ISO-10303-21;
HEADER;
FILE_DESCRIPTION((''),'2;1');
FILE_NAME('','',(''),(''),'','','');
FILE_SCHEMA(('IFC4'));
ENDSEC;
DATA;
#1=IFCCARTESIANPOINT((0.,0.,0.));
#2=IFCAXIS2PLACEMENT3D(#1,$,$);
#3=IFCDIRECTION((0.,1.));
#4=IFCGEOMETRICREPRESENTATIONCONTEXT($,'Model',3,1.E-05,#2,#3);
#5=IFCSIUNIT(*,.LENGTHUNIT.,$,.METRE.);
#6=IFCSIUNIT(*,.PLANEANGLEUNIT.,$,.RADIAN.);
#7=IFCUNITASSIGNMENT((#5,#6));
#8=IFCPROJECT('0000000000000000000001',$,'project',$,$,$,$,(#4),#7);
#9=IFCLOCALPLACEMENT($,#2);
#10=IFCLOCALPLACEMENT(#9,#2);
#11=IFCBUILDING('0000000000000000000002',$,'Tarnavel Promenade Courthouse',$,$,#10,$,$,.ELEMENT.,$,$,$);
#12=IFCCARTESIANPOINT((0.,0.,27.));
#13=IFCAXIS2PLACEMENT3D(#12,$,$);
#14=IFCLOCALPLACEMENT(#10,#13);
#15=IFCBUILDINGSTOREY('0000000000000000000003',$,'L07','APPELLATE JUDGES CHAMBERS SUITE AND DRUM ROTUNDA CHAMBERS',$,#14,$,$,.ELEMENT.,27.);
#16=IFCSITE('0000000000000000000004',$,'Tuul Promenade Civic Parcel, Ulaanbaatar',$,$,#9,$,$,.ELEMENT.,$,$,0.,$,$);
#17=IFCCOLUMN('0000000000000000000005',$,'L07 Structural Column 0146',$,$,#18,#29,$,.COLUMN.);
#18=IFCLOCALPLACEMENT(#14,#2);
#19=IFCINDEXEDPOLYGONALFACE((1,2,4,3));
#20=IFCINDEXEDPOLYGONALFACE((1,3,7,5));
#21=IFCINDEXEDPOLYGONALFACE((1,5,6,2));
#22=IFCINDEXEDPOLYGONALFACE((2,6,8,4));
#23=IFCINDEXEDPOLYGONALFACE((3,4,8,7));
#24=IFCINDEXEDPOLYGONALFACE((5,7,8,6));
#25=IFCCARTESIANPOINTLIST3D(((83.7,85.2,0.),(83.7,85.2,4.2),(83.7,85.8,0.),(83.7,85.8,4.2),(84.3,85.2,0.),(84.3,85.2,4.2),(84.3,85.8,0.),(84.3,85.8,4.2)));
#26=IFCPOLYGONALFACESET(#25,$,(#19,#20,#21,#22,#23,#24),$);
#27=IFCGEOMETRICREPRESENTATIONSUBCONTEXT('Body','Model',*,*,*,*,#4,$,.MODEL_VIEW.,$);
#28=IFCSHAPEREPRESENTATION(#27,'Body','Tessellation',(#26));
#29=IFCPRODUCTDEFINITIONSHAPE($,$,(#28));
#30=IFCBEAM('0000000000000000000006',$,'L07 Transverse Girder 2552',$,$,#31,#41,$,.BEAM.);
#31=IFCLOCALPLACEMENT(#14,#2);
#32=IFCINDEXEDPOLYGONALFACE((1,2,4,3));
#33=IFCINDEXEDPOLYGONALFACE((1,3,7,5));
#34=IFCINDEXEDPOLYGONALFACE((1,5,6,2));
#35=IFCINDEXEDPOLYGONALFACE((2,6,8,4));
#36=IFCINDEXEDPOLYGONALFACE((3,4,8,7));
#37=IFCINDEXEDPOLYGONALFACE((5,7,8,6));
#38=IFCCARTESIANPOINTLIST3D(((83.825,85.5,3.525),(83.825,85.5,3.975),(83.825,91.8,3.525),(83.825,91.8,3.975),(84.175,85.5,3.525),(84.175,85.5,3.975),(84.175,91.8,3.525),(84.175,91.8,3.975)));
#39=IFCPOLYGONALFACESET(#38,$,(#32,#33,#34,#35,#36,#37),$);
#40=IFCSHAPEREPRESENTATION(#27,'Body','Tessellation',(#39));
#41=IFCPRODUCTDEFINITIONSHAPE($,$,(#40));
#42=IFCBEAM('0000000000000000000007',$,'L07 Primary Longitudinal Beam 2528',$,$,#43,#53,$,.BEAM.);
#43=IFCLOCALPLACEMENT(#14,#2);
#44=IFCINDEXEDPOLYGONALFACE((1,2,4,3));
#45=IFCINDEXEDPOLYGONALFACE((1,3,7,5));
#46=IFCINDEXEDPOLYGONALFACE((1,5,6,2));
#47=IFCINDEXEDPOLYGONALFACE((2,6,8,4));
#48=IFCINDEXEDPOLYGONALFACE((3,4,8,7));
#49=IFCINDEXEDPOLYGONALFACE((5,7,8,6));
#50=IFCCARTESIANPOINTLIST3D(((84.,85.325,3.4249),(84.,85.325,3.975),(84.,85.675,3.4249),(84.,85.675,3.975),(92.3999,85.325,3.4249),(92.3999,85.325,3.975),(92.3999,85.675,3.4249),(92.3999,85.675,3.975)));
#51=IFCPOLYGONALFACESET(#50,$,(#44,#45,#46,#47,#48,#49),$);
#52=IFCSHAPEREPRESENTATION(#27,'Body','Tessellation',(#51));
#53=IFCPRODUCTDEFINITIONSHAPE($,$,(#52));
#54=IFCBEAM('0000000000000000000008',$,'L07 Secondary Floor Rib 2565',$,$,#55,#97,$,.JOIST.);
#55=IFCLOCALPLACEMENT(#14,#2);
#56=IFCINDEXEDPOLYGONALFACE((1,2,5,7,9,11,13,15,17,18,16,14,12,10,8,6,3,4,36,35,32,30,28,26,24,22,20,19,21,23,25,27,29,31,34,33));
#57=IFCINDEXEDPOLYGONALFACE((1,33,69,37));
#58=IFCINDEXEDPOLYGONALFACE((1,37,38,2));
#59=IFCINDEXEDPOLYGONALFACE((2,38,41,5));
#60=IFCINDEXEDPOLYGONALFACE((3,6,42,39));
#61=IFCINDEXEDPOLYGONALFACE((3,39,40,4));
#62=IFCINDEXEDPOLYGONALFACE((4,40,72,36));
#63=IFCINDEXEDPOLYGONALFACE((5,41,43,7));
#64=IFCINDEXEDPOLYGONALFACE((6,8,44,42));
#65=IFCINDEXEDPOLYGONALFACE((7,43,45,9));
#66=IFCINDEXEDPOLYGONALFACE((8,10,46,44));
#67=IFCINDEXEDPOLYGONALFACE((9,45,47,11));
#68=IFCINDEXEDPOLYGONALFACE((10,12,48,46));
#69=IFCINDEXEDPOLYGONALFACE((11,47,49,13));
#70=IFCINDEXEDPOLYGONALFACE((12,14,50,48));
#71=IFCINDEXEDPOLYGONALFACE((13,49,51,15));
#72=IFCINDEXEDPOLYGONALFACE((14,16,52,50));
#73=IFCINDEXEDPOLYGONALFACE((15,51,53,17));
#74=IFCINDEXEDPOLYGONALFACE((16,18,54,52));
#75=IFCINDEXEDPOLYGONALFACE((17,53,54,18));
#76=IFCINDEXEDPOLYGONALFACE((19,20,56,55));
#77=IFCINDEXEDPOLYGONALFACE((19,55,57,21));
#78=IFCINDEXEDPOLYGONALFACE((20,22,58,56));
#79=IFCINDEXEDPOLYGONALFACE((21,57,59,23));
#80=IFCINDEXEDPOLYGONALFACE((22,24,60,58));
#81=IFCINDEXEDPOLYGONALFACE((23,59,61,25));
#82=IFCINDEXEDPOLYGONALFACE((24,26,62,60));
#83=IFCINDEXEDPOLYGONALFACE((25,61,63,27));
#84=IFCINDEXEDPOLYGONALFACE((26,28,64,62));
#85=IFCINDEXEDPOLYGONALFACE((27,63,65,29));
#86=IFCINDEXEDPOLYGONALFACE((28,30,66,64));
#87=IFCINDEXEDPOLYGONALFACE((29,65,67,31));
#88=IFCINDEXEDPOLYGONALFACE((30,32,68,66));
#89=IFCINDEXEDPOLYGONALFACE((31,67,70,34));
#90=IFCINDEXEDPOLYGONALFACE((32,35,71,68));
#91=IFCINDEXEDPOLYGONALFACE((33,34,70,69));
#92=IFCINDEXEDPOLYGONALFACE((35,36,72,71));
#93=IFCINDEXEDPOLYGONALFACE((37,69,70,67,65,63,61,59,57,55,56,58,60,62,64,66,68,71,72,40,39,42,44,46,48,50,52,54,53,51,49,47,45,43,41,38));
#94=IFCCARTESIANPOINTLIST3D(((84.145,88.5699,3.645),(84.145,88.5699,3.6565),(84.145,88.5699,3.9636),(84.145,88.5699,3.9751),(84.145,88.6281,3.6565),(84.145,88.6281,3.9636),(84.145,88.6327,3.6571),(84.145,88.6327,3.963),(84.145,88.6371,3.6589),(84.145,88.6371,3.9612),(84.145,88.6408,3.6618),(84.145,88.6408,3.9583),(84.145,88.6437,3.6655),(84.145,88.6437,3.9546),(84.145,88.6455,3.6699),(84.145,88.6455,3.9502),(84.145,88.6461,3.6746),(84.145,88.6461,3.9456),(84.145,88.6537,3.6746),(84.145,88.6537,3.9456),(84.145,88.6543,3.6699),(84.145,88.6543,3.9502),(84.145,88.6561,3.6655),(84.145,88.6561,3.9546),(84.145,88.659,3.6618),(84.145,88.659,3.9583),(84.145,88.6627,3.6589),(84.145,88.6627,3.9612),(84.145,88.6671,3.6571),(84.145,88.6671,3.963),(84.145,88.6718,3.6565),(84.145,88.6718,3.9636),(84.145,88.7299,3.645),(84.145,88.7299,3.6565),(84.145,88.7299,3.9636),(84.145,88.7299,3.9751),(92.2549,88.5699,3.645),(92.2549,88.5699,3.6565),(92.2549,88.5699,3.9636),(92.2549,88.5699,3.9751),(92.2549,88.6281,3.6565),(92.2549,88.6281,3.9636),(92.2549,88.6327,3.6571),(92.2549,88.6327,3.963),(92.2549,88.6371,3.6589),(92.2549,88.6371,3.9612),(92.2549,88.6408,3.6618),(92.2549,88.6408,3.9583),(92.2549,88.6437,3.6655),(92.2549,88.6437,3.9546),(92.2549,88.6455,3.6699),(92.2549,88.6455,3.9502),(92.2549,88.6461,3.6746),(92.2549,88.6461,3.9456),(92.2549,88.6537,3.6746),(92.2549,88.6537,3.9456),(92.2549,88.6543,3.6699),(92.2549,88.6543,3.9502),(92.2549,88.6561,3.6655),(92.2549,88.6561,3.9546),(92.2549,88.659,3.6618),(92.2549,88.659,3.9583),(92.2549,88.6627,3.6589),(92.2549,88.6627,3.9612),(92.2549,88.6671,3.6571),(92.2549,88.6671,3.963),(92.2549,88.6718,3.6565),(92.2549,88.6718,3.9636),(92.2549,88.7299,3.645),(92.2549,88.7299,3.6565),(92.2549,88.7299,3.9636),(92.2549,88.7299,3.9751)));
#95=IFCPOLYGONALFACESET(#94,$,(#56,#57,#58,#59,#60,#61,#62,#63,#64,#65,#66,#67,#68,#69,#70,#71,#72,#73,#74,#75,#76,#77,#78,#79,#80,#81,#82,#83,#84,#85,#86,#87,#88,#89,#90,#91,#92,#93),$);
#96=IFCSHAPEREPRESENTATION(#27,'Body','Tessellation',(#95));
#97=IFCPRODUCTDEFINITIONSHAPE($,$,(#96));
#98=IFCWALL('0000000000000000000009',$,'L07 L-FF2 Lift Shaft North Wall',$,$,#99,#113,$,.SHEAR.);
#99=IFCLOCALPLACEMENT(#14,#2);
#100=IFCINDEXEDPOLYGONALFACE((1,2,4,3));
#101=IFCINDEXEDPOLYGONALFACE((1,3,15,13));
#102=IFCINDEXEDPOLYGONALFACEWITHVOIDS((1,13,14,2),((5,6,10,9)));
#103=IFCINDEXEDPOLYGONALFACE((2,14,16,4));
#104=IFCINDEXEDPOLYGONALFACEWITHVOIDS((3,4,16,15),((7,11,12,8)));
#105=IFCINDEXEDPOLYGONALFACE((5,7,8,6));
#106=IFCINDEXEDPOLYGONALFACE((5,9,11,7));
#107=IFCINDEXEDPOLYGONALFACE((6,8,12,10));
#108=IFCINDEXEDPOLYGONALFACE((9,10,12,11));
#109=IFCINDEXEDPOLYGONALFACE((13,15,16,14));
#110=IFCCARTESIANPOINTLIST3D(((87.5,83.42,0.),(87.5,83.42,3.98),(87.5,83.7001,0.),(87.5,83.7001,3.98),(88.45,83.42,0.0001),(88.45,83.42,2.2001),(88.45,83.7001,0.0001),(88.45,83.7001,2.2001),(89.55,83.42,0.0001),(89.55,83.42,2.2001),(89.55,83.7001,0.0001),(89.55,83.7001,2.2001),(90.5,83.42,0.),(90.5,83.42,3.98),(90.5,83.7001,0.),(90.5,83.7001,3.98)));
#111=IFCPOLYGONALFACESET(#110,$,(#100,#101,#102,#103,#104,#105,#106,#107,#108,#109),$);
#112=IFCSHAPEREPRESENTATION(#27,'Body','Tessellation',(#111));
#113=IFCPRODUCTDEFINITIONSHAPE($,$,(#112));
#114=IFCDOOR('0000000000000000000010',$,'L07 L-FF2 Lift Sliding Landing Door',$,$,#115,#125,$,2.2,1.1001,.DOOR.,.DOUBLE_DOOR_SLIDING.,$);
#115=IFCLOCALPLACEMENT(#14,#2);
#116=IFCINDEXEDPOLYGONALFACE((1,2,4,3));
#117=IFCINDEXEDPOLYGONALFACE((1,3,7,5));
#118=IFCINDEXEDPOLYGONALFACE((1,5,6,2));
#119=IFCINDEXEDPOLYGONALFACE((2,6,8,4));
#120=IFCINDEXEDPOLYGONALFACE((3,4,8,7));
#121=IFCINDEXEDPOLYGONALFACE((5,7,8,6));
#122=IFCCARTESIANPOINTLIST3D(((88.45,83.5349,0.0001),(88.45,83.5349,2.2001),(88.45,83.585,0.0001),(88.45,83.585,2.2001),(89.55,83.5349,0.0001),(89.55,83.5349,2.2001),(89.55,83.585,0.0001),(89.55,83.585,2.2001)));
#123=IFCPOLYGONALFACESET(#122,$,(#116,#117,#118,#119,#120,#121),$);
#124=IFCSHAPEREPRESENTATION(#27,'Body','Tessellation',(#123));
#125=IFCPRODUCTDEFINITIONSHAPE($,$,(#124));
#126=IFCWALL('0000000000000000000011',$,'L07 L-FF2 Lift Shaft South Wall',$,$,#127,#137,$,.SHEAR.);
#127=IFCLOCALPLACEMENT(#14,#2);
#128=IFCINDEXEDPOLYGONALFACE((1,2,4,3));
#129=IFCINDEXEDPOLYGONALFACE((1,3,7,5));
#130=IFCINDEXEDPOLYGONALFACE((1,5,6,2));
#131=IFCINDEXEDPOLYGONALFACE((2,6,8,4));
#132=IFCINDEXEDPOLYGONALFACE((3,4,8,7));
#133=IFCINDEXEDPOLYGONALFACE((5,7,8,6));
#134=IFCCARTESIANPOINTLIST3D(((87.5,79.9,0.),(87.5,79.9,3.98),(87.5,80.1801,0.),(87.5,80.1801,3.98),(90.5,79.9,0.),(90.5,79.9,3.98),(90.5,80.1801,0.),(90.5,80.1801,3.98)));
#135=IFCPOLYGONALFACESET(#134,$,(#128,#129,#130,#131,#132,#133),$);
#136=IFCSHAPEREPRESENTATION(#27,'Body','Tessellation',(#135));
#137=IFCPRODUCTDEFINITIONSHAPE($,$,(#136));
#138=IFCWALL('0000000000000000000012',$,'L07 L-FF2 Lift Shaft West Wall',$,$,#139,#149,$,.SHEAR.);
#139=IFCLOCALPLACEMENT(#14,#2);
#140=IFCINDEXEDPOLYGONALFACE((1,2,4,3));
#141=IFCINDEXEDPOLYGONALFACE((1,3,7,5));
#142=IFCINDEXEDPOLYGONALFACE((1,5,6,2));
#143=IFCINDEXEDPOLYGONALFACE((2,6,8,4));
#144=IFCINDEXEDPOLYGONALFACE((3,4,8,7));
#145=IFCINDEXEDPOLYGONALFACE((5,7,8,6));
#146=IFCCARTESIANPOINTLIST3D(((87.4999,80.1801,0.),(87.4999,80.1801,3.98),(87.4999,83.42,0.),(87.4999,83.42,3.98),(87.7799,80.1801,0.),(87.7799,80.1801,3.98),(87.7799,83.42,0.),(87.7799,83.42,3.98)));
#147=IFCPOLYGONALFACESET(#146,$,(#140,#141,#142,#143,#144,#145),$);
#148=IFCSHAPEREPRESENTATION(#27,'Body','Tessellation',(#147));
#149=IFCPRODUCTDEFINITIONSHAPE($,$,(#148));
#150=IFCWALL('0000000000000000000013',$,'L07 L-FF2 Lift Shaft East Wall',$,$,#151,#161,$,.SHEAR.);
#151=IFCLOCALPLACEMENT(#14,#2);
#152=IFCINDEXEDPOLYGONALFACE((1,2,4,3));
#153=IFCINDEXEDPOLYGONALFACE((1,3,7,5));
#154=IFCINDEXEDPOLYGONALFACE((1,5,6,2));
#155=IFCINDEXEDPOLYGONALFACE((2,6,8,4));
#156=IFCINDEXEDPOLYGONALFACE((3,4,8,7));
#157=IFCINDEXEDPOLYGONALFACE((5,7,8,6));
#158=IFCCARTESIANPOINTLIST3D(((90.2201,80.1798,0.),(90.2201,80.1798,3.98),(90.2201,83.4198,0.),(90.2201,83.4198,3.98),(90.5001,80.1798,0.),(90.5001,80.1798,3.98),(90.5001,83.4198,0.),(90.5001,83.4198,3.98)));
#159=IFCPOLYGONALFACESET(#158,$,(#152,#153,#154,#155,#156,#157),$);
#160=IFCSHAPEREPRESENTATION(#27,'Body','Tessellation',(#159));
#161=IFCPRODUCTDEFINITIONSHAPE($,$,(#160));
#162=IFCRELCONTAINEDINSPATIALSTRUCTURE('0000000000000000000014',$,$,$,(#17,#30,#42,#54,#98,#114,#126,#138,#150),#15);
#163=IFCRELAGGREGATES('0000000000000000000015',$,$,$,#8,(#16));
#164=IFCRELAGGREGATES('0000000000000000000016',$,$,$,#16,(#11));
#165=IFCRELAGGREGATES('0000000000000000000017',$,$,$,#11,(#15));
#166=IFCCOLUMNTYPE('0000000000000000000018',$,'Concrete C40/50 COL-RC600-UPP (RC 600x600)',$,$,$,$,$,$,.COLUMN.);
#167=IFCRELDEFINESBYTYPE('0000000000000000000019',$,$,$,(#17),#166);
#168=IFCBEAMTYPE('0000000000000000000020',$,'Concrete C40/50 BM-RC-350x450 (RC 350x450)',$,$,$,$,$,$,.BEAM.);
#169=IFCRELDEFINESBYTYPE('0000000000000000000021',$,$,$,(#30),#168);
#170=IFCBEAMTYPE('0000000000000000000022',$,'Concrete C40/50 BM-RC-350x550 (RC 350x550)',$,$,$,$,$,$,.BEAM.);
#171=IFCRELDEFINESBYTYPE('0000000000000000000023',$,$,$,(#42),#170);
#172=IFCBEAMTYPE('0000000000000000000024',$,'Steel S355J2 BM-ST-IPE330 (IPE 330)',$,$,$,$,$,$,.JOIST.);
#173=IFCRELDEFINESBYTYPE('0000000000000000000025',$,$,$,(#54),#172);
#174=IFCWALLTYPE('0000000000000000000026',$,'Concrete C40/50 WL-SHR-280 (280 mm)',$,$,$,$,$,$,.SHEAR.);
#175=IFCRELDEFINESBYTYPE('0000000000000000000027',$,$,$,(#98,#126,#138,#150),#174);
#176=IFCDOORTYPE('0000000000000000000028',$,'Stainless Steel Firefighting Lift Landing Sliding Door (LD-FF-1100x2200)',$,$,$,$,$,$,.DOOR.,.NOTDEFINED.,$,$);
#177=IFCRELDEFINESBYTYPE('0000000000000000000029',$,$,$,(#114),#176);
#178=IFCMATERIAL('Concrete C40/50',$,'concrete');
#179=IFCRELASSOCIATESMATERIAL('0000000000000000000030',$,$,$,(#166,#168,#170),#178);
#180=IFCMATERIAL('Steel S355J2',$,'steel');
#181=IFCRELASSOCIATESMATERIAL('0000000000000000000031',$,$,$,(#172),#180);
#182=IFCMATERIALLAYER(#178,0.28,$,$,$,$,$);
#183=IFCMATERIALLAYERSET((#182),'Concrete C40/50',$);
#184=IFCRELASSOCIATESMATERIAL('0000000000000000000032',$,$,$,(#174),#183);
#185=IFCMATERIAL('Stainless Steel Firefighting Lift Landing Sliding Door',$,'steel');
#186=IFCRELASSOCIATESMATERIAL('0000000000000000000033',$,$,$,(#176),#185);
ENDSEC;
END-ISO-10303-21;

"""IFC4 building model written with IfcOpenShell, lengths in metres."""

from ifc_helpers import new_model, si_unit, direction, frame, frame_2d, origin, origin_2d, place, context, subcontext, project, spatial, rectangle, i_section, extrude, material, layer, layer_set, material_profile, profile_set, type_object, element, fill, save


model = new_model("IFC4")

# Units and contexts
model_context = context("Model", 3, precision=1e-05, world=origin(), true_north=direction((0.0, 1.0)))
body_context = subcontext(model_context, "Body", "Model", "MODEL_VIEW")
ifc_project = project(units=[si_unit("LENGTHUNIT", "METRE"), si_unit("PLANEANGLEUNIT", "RADIAN")], contexts=[model_context])

# Site, building, storey
site_placement = place(None, origin())
site = spatial("IfcSite", under=ifc_project, at=site_placement, Name="Tuul Promenade Civic Parcel, Ulaanbaatar", CompositionType="ELEMENT", RefElevation=0.0)
building_placement = place(site_placement, origin())
building = spatial("IfcBuilding", under=site, at=building_placement, Name="Tarnavel Promenade Courthouse", CompositionType="ELEMENT")
storey_placement = place(building_placement, frame((0.0, 0.0, 27.0)))
storey = spatial("IfcBuildingStorey", under=building, at=storey_placement, Name="L07", Description="APPELLATE JUDGES CHAMBERS SUITE AND DRUM ROTUNDA CHAMBERS", CompositionType="ELEMENT", Elevation=27.0)

# Column
ifc_material_1 = material(Name="Concrete C40/50", Category="concrete")
ifc_material_profile_1 = material_profile(ifc_material_1, rectangle(XDim=0.6001, YDim=0.6001, at=origin_2d()), Name="RC 600x600")
ifc_profile_set_1 = profile_set([ifc_material_profile_1], Name="Concrete C40/50")
column_type = type_object("IfcColumnType", Name="Concrete C40/50 COL-RC600-UPP (RC 600x600)", PredefinedType="COLUMN", material=ifc_profile_set_1)
column_placement = place(storey_placement, frame((84.0, 85.5, 0.0), z_axis=(0.0, 0.0, 1.0), x_axis=(1.0, 0.0, 0.0)))
element("IfcColumn", 1, at=column_placement, inside=storey, type_object=column_type, Name="L07 Structural Column 0146", PredefinedType="COLUMN", context=body_context, shape_type="SweptSolid", body=[
    extrude(rectangle(XDim=0.6001, YDim=0.6001, at=origin_2d()), origin(), (0.0, 0.0, 1.0), 4.2),
])

# Beams
ifc_material_profile_2 = material_profile(ifc_material_1, rectangle(XDim=0.3501, YDim=0.45, at=origin_2d()), Name="RC 350x450")
ifc_profile_set_2 = profile_set([ifc_material_profile_2], Name="Concrete C40/50")
beam_type_1 = type_object("IfcBeamType", Name="Concrete C40/50 BM-RC-350x450 (RC 350x450)", PredefinedType="BEAM", material=ifc_profile_set_2)
beam_1_placement = place(storey_placement, frame((84.0, 85.5, 3.75), z_axis=(0.0, 1.0, 0.0), x_axis=(-1.0, 0.0, 0.0)))
element("IfcBeam", 2, at=beam_1_placement, inside=storey, type_object=beam_type_1, Name="L07 Transverse Girder 2552", PredefinedType="BEAM", context=body_context, shape_type="SweptSolid", body=[
    extrude(rectangle(XDim=0.3501, YDim=0.45, at=origin_2d()), origin(), (0.0, 0.0, 1.0), 6.3),
])
ifc_material_profile_3 = material_profile(ifc_material_1, rectangle(XDim=0.3501, YDim=0.55, at=origin_2d()), Name="RC 350x550")
ifc_profile_set_3 = profile_set([ifc_material_profile_3], Name="Concrete C40/50")
beam_type_2 = type_object("IfcBeamType", Name="Concrete C40/50 BM-RC-350x550 (RC 350x550)", PredefinedType="BEAM", material=ifc_profile_set_3)
beam_2_placement = place(storey_placement, frame((84.0, 85.5, 3.7), z_axis=(1.0, 0.0, 0.0), x_axis=(0.0, 1.0, 0.0)))
element("IfcBeam", 3, at=beam_2_placement, inside=storey, type_object=beam_type_2, Name="L07 Primary Longitudinal Beam 2528", PredefinedType="BEAM", context=body_context, shape_type="SweptSolid", body=[
    extrude(rectangle(XDim=0.3501, YDim=0.55, at=origin_2d()), origin(), (0.0, 0.0, 1.0), 8.3999),
])
ifc_material_2 = material(Name="Steel S355J2", Category="steel")
ifc_material_profile_4 = material_profile(ifc_material_2, i_section(OverallWidth=0.1599, OverallDepth=0.3301, WebThickness=0.0076, FlangeThickness=0.0115, FilletRadius=0.0181, at=origin_2d()), Name="IPE 330")
ifc_profile_set_4 = profile_set([ifc_material_profile_4], Name="Steel S355J2")
beam_type_3 = type_object("IfcBeamType", Name="Steel S355J2 BM-ST-IPE330 (IPE 330)", PredefinedType="JOIST", material=ifc_profile_set_4)
beam_3_placement = place(storey_placement, frame((84.145, 88.6499, 3.8101), z_axis=(1.0, 0.0, 0.0), x_axis=(0.0, 1.0, 0.0)))
element("IfcBeam", 4, at=beam_3_placement, inside=storey, type_object=beam_type_3, Name="L07 Secondary Floor Rib 2565", PredefinedType="JOIST", context=body_context, shape_type="SweptSolid", body=[
    extrude(i_section(OverallWidth=0.1599, OverallDepth=0.3301, WebThickness=0.0076, FlangeThickness=0.0115, FilletRadius=0.0181, at=origin_2d()), origin(), (0.0, 0.0, 1.0), 8.1099),
])

# Wall, opening, door
ifc_layer_1 = layer(ifc_material_1, 0.28)
ifc_layer_set_1 = layer_set([ifc_layer_1], Name="Concrete C40/50")
wall_type_1 = type_object("IfcWallType", Name="Concrete C40/50 WL-SHR-280 (280 mm)", PredefinedType="SHEAR", material=ifc_layer_set_1)
wall_1_placement = place(storey_placement, frame((87.5, 83.5601, 0.0), z_axis=(0.0, 0.0, 1.0), x_axis=(1.0, 0.0, 0.0)))
wall_1 = element("IfcWall", 5, at=wall_1_placement, inside=storey, type_object=wall_type_1, Name="L07 L-FF2 Lift Shaft North Wall", PredefinedType="SHEAR", context=body_context, shape_type="SweptSolid", body=[
    extrude(rectangle(XDim=3.0, YDim=0.28, at=frame_2d((1.5, 0.0))), origin(), (0.0, 0.0, 1.0), 3.98),
])
opening_1_placement = place(wall_1_placement, frame((0.95, 0.0, 0.0)))
opening_1 = element("IfcOpeningElement", 6, at=opening_1_placement, cuts=wall_1, PredefinedType="OPENING", context=body_context, shape_type="SweptSolid", body=[
    extrude(rectangle(XDim=1.1001, YDim=2.2, at=frame_2d((0.55, 1.1001))), frame((0.0, 0.1499, 0.0), z_axis=(0.0, -1.0, 0.0), x_axis=(1.0, 0.0, 0.0)), (0.0, 0.0, 1.0), 0.3),
])
ifc_material_3 = material(Name="Stainless Steel Firefighting Lift Landing Sliding Door", Category="steel")
door_type_1 = type_object("IfcDoorType", Name="Stainless Steel Firefighting Lift Landing Sliding Door (LD-FF-1100x2200)", OperationType="NOTDEFINED", PredefinedType="DOOR", material=ifc_material_3)
door_1_placement = place(opening_1_placement, origin())
door_1 = element("IfcDoor", 7, at=door_1_placement, inside=storey, type_object=door_type_1, Name="L07 L-FF2 Lift Sliding Landing Door", OperationType="DOUBLE_DOOR_SLIDING", OverallHeight=2.2, OverallWidth=1.1001, PredefinedType="DOOR", context=body_context, shape_type="SweptSolid", body=[
    extrude(rectangle(XDim=1.1001, YDim=2.2, at=frame_2d((0.55, 1.1001))), frame((0.0, 0.0249, 0.0), z_axis=(0.0, -1.0, 0.0), x_axis=(1.0, 0.0, 0.0)), (0.0, 0.0, 1.0), 0.05),
])
fill(opening_1, door_1)

# Walls
wall_2_placement = place(storey_placement, frame((90.5, 80.04, 0.0), z_axis=(0.0, 0.0, 1.0), x_axis=(-1.0, 0.0, 0.0)))
element("IfcWall", 8, at=wall_2_placement, inside=storey, type_object=wall_type_1, Name="L07 L-FF2 Lift Shaft South Wall", PredefinedType="SHEAR", context=body_context, shape_type="SweptSolid", body=[
    extrude(rectangle(XDim=3.0, YDim=0.28, at=frame_2d((1.5, 0.0))), origin(), (0.0, 0.0, 1.0), 3.98),
])
for number, where, z_axis, x_axis, name in (
    (9, (87.6399, 80.1799, 0.0), (0.0, 0.0, 1.0), (0.0, 1.0, 0.0), "L07 L-FF2 Lift Shaft West Wall"),
    (10, (90.3601, 83.4199, 0.0), (0.0, 0.0, 1.0), (0.0, -1.0, 0.0), "L07 L-FF2 Lift Shaft East Wall"),
):
    element("IfcWall", number, at=place(storey_placement, frame(where, z_axis=z_axis, x_axis=x_axis)), inside=storey, type_object=wall_type_1, Name=name, PredefinedType="SHEAR", context=body_context, shape_type="SweptSolid", body=[
        extrude(rectangle(XDim=3.24, YDim=0.28, at=frame_2d((1.6201, 0.0))), origin(), (0.0, 0.0, 1.0), 3.98),
    ])

save(model, "model.ifc")
